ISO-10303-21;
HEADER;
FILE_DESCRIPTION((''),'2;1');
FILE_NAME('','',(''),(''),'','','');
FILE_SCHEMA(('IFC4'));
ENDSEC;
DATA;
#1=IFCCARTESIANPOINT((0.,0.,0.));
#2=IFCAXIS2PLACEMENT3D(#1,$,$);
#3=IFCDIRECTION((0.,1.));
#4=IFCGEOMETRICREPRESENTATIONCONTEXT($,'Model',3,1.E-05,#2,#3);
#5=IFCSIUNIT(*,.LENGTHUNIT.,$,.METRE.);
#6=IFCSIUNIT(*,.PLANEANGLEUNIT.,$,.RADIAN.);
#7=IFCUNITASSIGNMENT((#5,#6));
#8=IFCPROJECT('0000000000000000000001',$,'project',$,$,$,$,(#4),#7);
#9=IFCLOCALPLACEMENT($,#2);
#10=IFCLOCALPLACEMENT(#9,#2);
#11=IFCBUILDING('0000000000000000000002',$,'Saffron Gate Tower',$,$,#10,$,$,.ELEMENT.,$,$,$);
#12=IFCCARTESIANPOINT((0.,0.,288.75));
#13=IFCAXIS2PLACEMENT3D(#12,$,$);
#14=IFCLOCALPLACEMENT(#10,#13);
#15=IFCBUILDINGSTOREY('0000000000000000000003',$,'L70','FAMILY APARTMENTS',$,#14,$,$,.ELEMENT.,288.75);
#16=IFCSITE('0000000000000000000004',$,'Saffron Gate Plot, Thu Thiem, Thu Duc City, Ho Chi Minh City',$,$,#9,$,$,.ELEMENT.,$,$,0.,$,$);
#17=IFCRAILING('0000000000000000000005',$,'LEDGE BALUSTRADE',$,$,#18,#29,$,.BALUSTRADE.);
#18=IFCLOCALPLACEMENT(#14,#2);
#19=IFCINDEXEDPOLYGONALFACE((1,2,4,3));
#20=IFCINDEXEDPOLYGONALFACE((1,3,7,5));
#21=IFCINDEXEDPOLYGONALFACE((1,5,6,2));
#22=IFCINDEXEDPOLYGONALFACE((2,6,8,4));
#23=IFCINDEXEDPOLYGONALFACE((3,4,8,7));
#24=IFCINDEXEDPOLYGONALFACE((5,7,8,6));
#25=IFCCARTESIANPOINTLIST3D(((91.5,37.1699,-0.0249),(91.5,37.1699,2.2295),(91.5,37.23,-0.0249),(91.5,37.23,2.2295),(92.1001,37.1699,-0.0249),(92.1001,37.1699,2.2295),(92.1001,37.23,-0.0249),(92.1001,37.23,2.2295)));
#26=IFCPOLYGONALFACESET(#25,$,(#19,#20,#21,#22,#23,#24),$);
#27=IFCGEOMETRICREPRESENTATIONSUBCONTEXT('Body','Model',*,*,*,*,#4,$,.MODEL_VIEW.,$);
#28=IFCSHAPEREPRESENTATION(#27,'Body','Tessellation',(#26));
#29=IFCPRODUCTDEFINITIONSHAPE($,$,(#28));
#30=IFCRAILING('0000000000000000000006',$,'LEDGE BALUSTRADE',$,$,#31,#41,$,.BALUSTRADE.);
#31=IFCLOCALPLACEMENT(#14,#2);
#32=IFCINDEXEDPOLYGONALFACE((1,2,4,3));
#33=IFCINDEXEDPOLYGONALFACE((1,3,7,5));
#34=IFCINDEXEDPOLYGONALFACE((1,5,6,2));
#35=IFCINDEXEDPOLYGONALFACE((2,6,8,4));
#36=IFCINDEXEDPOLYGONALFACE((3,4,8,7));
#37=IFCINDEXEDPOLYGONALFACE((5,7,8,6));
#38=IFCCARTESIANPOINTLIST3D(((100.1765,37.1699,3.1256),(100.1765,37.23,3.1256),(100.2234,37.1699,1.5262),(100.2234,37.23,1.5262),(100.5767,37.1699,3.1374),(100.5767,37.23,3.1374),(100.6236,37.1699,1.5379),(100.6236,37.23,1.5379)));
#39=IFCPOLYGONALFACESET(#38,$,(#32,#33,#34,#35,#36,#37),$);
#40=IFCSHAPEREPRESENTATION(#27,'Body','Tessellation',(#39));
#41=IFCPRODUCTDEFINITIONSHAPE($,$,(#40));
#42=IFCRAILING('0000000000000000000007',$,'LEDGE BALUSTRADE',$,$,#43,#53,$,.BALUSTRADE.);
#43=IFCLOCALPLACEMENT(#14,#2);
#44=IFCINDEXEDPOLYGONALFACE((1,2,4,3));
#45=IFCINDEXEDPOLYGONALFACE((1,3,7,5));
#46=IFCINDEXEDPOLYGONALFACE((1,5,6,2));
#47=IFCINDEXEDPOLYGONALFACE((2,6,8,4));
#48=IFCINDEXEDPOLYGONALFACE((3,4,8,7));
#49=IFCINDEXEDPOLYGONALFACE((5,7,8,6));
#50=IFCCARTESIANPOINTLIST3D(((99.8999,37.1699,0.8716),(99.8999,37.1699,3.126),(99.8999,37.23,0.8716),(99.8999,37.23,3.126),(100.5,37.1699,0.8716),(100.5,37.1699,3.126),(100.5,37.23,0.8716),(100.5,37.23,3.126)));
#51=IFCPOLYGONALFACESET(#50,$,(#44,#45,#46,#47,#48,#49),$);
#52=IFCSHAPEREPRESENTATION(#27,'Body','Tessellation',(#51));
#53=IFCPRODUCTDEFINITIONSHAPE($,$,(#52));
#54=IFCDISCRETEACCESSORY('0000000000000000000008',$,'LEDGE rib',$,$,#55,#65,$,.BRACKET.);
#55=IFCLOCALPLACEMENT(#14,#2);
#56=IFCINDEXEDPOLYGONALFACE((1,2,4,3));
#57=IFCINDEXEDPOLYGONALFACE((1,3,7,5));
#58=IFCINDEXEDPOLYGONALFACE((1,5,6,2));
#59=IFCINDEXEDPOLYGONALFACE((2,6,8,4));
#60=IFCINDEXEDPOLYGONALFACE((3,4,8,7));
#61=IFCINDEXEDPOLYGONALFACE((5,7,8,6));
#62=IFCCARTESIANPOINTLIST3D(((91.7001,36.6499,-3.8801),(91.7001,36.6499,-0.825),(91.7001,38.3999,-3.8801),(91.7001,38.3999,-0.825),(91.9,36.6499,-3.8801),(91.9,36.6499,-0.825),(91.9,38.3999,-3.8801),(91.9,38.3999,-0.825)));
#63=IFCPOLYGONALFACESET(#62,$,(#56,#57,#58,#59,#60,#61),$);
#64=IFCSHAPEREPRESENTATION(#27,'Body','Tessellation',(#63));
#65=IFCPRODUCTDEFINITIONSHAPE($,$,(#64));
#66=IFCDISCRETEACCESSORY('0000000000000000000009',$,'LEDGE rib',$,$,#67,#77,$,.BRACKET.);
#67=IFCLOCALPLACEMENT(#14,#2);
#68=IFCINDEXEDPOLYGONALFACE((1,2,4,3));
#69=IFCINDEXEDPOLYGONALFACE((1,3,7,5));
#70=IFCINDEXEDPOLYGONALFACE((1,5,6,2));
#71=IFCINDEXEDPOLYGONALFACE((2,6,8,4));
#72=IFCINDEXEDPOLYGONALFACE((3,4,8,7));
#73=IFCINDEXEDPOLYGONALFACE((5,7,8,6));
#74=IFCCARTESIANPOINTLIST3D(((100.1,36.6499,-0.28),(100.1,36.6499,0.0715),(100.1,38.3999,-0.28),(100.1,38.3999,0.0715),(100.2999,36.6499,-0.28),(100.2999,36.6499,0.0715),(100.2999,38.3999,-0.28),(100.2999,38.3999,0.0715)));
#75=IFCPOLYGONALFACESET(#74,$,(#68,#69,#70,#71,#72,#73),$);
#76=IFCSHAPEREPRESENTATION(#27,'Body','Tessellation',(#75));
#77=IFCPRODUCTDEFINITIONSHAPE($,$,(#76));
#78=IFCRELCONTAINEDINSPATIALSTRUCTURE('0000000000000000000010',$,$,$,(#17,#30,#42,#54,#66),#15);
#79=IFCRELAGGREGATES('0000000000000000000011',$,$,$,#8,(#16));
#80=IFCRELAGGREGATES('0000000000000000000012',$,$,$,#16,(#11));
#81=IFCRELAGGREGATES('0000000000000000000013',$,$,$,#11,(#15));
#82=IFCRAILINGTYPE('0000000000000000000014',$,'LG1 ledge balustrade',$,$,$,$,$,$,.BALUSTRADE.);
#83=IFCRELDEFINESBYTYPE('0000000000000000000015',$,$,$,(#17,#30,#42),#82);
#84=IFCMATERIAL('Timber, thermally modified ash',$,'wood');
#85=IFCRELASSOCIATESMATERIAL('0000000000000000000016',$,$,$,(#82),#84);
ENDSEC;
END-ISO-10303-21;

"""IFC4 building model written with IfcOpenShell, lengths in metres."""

from ifc_helpers import new_model, si_unit, direction, frame, origin, origin_2d, place, context, subcontext, project, spatial, rectangle, extrude, material, type_object, element, save


model = new_model("IFC4")

# Units and contexts
model_context = context("Model", 3, precision=1e-05, world=origin(), true_north=direction((0.0, 1.0)))
body_context = subcontext(model_context, "Body", "Model", "MODEL_VIEW")
ifc_project = project(units=[si_unit("LENGTHUNIT", "METRE"), si_unit("PLANEANGLEUNIT", "RADIAN")], contexts=[model_context])

# Site, building, storey
site_placement = place(None, origin())
site = spatial("IfcSite", under=ifc_project, at=site_placement, Name="Saffron Gate Plot, Thu Thiem, Thu Duc City, Ho Chi Minh City", CompositionType="ELEMENT", RefElevation=0.0)
building_placement = place(site_placement, origin())
building = spatial("IfcBuilding", under=site, at=building_placement, Name="Saffron Gate Tower", CompositionType="ELEMENT")
storey_placement = place(building_placement, frame((0.0, 0.0, 288.75)))
storey = spatial("IfcBuildingStorey", under=building, at=storey_placement, Name="L70", Description="FAMILY APARTMENTS", CompositionType="ELEMENT", Elevation=288.75)

# Shared definitions
ifc_material_1 = material(Name="Timber, thermally modified ash", Category="wood")

# Railings
railing_type_1 = type_object("IfcRailingType", Name="LG1 ledge balustrade", PredefinedType="BALUSTRADE", material=ifc_material_1)
railing_1_placement = place(storey_placement, frame((91.5, 37.2, -0.0249)))
element("IfcRailing", 1, at=railing_1_placement, inside=storey, type_object=railing_type_1, Name="LEDGE BALUSTRADE", PredefinedType="BALUSTRADE", context=body_context, shape_type="SweptSolid", body=[
    extrude(rectangle(XDim=0.0601, YDim=2.2544, at=origin_2d()), frame((0.0, 0.0, 1.1272), z_axis=(1.0, 0.0, 0.0), x_axis=(0.0, 1.0, 0.0)), (0.0, 0.0, 1.0), 0.6001),
])
railing_2_placement = place(storey_placement, frame((100.2, 37.2, 1.5259)))
element("IfcRailing", 2, at=railing_2_placement, inside=storey, type_object=railing_type_1, Name="LEDGE BALUSTRADE", PredefinedType="BALUSTRADE", context=body_context, shape_type="SweptSolid", body=[
    extrude(rectangle(XDim=0.0601, YDim=1.6001, at=origin_2d()), frame((0.0, 0.0, 0.8), z_axis=(0.999571, 0.0, 0.029274), x_axis=(0.0, 1.0, 0.0)), (0.0, 0.0, 1.0), 0.4004),
])
railing_3_placement = place(storey_placement, frame((99.8999, 37.2, 0.8716)))
element("IfcRailing", 3, at=railing_3_placement, inside=storey, type_object=railing_type_1, Name="LEDGE BALUSTRADE", PredefinedType="BALUSTRADE", context=body_context, shape_type="SweptSolid", body=[
    extrude(rectangle(XDim=0.0601, YDim=2.2544, at=origin_2d()), frame((0.0, 0.0, 1.1272), z_axis=(1.0, 0.0, 0.0), x_axis=(0.0, 1.0, 0.0)), (0.0, 0.0, 1.0), 0.6001),
])

# Discrete accessories
discrete_accessory_1_placement = place(storey_placement, frame((91.8, 37.5249, -3.8801), z_axis=(0.0, 0.0, 1.0), x_axis=(1.0, 0.0, 0.0)))
element("IfcDiscreteAccessory", 4, at=discrete_accessory_1_placement, inside=storey, Name="LEDGE rib", PredefinedType="BRACKET", context=body_context, shape_type="SweptSolid", body=[
    extrude(rectangle(XDim=0.2, YDim=1.75, at=origin_2d()), origin(), (0.0, 0.0, 1.0), 3.0552),
])
discrete_accessory_2_placement = place(storey_placement, frame((100.2, 37.5249, -0.28), z_axis=(0.0, 0.0, 1.0), x_axis=(1.0, 0.0, 0.0)))
element("IfcDiscreteAccessory", 5, at=discrete_accessory_2_placement, inside=storey, Name="LEDGE rib", PredefinedType="BRACKET", context=body_context, shape_type="SweptSolid", body=[
    extrude(rectangle(XDim=0.2, YDim=1.75, at=origin_2d()), origin(), (0.0, 0.0, 1.0), 0.3516),
])

save(model, "model.ifc")
